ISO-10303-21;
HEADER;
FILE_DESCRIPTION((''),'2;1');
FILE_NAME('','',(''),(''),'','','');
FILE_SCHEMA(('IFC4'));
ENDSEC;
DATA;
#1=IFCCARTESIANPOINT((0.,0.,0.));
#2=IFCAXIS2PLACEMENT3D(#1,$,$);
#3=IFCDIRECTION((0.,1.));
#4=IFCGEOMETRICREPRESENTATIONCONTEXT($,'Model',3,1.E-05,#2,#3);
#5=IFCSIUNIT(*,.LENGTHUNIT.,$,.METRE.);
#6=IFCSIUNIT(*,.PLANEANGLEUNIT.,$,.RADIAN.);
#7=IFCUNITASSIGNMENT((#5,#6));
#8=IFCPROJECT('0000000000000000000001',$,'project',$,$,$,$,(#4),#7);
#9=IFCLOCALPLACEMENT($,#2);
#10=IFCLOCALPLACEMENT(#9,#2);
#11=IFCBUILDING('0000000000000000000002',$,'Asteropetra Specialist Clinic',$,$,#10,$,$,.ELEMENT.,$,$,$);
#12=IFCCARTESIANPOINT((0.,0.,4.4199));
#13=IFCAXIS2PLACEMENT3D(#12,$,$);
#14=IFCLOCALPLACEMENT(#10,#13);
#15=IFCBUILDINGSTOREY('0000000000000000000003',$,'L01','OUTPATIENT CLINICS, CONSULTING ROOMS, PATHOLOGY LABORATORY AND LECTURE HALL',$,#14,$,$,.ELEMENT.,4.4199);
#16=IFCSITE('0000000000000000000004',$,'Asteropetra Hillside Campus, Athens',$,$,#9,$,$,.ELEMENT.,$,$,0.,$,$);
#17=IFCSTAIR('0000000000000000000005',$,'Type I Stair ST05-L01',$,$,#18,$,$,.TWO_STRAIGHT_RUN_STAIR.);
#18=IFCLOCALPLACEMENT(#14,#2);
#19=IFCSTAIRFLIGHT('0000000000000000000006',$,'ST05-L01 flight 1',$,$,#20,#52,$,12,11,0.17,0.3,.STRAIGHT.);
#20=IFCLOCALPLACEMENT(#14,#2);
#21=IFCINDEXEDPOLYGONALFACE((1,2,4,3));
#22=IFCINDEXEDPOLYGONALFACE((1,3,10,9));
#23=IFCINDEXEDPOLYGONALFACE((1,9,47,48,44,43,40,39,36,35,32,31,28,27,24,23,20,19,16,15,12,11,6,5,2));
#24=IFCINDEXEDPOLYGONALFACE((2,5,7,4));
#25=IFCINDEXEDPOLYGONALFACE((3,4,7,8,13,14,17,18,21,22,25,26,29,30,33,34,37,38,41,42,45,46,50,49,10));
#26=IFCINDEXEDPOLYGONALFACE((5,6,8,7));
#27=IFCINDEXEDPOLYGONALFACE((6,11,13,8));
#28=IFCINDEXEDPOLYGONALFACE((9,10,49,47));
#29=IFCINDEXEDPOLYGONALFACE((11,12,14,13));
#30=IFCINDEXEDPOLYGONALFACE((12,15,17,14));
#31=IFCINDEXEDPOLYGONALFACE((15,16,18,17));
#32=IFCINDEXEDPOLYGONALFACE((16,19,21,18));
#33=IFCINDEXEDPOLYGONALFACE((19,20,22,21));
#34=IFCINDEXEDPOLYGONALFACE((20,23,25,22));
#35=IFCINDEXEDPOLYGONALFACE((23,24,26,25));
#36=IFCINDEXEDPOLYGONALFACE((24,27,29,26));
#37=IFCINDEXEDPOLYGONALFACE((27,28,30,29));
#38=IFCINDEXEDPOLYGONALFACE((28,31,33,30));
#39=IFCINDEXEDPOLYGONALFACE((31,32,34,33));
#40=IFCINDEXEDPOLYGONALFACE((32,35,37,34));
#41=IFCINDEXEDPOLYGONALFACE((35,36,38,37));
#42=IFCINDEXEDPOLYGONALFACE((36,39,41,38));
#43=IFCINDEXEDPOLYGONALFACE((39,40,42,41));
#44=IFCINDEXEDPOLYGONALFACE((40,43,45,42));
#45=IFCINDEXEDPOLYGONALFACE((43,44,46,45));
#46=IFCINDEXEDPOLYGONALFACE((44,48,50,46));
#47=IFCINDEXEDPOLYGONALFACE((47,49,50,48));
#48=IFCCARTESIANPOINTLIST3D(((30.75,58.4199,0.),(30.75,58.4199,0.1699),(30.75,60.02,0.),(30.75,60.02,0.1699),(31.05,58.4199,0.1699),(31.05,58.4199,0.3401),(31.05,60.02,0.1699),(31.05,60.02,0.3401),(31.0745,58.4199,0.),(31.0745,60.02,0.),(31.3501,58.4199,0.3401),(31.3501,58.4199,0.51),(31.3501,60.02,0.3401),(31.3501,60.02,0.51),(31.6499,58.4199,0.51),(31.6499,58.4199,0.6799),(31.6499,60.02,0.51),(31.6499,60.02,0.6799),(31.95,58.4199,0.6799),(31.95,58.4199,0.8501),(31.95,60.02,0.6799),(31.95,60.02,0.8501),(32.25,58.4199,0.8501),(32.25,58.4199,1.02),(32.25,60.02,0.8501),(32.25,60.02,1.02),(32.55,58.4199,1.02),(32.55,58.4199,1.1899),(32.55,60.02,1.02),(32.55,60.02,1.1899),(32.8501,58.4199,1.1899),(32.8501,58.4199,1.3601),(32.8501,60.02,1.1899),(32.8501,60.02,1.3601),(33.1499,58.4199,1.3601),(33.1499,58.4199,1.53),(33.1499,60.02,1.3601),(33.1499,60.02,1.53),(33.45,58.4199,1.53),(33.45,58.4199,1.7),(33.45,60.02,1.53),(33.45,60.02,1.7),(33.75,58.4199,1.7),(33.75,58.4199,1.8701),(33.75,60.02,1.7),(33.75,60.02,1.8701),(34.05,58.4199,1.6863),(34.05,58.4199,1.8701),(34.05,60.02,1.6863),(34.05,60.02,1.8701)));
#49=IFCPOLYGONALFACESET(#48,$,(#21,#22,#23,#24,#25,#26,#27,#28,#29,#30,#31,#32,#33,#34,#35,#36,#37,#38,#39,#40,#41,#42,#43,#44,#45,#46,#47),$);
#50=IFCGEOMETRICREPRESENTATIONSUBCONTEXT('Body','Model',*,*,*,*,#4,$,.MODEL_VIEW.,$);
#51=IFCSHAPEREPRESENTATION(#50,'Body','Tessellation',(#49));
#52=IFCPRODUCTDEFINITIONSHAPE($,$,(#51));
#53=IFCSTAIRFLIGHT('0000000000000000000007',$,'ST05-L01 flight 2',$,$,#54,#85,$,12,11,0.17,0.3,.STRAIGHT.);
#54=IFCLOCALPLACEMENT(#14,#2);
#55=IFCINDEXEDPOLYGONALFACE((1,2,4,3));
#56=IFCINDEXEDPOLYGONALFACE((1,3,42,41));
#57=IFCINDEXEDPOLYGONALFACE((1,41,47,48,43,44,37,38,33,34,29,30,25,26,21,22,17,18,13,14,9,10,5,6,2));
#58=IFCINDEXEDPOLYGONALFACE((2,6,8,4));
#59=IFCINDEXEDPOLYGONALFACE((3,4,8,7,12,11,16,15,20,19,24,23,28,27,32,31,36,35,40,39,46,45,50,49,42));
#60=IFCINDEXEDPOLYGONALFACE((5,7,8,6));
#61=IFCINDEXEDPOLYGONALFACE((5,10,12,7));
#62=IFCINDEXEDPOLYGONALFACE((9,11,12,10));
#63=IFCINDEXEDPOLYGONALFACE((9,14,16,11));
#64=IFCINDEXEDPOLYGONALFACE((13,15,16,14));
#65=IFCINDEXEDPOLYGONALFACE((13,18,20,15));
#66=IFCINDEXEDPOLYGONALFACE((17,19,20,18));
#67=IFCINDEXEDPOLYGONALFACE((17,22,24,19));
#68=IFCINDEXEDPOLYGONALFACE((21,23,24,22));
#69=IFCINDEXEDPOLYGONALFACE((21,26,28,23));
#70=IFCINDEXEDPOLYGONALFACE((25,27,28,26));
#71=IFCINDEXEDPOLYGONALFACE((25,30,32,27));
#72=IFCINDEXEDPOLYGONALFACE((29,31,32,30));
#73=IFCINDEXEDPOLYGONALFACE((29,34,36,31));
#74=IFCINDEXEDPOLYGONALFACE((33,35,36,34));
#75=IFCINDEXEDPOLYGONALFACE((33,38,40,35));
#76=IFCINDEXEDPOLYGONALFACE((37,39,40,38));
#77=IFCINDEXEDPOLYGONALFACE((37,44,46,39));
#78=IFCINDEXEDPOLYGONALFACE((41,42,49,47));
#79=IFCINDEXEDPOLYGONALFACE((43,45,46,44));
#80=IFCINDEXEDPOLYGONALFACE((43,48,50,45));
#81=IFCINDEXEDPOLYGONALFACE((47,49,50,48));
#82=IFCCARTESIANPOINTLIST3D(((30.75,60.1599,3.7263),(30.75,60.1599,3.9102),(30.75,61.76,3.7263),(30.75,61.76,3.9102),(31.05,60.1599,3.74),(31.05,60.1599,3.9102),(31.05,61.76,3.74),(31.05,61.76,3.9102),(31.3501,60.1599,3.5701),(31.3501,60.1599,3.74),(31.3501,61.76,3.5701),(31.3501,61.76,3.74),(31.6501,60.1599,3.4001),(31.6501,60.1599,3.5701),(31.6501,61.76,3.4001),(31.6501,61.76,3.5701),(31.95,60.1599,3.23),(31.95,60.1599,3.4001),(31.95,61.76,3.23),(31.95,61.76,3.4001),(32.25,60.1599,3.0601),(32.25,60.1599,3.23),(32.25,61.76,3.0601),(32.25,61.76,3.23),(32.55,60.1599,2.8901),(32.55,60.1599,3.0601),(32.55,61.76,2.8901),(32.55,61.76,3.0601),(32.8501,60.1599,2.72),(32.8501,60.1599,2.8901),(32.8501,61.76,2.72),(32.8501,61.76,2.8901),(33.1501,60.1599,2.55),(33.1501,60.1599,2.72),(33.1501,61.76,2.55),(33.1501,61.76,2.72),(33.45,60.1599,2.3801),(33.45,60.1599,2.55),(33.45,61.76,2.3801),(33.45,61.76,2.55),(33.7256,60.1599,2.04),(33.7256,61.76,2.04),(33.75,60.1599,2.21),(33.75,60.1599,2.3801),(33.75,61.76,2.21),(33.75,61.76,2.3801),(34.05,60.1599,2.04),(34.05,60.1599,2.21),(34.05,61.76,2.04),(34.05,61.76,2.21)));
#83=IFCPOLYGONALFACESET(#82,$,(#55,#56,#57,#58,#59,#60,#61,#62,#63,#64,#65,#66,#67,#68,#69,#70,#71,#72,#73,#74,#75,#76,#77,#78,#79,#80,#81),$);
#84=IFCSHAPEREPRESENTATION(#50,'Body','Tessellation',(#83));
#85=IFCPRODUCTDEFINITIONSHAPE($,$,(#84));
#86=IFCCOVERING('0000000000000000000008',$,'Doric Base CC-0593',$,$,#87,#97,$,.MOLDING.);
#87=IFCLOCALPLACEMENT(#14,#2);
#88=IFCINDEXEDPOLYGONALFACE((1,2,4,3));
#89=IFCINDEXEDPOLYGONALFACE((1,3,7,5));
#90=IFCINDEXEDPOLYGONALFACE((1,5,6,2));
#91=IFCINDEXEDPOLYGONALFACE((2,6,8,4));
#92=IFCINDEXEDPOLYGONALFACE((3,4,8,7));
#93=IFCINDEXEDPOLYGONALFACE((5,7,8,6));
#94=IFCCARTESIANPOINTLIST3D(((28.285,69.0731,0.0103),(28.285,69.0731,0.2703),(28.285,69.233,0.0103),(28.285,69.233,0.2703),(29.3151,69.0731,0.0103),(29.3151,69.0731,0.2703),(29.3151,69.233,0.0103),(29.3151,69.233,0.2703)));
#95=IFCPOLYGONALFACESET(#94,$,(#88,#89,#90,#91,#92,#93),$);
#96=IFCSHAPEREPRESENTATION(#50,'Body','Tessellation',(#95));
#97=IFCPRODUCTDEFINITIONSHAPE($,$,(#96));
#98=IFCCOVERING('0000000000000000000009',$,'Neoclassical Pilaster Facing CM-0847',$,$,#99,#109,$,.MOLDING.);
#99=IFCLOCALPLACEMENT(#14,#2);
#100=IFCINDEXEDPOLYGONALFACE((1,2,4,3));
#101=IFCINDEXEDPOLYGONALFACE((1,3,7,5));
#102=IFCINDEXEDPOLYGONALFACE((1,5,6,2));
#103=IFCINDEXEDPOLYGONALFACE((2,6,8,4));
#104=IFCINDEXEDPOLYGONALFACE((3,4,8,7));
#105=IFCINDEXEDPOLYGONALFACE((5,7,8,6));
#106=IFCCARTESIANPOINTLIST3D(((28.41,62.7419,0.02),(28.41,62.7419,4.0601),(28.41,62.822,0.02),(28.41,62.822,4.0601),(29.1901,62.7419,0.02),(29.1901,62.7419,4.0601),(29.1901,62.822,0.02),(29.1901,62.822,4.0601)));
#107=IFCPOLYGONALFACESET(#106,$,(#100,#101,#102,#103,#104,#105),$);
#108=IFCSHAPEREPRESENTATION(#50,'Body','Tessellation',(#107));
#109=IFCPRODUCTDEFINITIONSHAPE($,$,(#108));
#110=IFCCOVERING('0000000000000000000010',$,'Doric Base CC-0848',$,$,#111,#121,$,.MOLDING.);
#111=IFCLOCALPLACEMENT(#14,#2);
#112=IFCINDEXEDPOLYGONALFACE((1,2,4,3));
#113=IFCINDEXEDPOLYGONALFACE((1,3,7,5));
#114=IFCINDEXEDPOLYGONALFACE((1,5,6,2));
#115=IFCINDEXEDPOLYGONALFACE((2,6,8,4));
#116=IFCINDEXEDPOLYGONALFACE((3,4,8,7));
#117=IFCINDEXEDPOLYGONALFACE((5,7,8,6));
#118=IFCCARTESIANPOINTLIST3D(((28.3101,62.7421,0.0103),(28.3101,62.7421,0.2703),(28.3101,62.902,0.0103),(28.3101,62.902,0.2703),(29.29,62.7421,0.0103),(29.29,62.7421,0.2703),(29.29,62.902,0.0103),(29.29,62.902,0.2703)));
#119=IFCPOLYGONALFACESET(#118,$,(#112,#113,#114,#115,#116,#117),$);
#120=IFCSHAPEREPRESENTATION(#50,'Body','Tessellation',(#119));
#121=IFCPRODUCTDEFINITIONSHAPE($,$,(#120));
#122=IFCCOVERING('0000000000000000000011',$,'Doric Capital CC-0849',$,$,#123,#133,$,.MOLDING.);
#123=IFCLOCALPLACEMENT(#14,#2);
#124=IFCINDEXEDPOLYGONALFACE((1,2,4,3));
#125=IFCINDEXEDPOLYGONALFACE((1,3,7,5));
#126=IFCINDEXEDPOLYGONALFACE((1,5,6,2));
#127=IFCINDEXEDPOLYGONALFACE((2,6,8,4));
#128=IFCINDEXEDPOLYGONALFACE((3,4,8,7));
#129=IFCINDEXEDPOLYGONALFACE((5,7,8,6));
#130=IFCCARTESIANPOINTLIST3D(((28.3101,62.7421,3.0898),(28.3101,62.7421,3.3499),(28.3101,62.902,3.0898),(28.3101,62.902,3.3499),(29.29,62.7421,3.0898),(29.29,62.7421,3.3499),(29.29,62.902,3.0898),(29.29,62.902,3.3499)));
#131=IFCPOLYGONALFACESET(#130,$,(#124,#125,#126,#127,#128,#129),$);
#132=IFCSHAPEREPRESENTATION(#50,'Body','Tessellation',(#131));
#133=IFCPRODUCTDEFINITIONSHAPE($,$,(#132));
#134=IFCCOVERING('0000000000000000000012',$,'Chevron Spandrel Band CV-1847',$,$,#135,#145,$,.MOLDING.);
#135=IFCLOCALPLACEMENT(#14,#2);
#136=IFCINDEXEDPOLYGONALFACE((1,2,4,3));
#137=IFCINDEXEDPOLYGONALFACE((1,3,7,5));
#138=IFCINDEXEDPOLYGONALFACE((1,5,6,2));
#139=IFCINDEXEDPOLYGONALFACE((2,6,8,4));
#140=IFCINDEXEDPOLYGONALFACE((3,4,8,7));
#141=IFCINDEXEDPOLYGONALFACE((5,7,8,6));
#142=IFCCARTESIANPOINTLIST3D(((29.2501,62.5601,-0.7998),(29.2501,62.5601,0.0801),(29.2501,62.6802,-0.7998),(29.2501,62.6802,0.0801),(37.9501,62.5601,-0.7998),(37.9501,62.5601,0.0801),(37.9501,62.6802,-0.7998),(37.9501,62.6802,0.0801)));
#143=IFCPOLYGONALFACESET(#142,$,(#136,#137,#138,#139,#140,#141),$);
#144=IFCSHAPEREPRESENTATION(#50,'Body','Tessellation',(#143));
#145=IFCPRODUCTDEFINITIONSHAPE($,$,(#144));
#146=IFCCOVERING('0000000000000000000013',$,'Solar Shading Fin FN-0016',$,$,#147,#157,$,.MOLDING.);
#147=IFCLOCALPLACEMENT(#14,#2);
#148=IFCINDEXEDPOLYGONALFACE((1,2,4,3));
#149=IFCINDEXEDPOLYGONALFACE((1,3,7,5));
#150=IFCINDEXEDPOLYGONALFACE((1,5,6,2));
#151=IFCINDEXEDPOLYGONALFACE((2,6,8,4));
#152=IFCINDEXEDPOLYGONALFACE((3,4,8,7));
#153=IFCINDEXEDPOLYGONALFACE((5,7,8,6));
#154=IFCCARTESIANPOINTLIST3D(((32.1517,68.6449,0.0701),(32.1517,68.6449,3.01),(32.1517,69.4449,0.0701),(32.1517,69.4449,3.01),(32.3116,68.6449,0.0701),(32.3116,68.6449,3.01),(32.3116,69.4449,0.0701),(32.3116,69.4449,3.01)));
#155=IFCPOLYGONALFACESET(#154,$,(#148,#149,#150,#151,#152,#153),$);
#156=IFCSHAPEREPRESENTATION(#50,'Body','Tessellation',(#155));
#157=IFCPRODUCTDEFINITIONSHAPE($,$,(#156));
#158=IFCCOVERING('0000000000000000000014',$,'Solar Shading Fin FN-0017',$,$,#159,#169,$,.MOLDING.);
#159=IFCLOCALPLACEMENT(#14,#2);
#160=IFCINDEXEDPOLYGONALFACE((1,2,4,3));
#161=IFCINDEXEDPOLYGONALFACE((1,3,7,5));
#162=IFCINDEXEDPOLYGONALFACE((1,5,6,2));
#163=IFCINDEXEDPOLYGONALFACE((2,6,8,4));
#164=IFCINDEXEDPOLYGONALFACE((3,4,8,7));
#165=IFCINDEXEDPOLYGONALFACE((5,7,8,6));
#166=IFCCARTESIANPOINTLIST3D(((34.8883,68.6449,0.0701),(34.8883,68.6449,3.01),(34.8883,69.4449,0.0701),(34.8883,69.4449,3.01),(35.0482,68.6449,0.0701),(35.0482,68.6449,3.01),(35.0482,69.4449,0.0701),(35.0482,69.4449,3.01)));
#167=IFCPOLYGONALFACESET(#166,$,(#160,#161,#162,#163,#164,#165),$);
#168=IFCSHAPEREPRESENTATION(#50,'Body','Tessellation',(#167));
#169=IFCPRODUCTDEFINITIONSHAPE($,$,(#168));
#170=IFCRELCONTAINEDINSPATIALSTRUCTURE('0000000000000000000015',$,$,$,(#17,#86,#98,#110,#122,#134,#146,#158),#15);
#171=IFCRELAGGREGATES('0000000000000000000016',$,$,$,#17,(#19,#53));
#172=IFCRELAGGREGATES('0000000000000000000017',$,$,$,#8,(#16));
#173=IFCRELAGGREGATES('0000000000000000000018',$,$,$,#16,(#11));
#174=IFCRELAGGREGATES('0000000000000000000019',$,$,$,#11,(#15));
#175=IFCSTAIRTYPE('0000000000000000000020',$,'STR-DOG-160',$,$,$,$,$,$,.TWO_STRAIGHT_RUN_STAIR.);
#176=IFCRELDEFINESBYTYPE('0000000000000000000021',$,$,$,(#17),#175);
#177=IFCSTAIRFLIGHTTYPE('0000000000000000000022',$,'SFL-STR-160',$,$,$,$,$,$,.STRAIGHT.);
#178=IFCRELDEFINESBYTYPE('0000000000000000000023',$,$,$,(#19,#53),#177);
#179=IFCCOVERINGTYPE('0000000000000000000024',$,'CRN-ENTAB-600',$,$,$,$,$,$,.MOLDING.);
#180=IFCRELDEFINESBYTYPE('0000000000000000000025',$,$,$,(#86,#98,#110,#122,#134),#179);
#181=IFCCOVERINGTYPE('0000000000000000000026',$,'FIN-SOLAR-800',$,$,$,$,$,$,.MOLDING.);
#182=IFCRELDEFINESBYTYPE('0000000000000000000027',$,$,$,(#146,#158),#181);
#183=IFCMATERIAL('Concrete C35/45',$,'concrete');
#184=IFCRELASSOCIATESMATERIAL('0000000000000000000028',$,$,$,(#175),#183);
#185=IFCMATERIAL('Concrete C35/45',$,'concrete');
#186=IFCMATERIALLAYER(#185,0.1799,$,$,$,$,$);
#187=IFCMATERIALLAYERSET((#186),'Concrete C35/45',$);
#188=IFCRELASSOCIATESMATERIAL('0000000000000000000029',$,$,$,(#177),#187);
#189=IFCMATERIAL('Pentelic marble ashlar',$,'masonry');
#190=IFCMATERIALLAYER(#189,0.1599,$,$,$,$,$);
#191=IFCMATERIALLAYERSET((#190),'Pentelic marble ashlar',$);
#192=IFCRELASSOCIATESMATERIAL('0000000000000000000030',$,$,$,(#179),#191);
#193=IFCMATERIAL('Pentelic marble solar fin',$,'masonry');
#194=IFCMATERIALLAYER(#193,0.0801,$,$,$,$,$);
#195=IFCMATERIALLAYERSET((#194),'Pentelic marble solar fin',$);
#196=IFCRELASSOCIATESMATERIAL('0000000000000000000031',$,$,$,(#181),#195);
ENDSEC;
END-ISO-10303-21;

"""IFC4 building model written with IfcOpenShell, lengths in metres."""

from ifc_helpers import new_model, si_unit, direction, frame, origin, origin_2d, place, context, subcontext, project, spatial, polyline, rectangle, outline, extrude, material, layer, layer_set, type_object, element, aggregate, save


model = new_model("IFC4")

# Units and contexts
model_context = context("Model", 3, precision=1e-05, world=origin(), true_north=direction((0.0, 1.0)))
body_context = subcontext(model_context, "Body", "Model", "MODEL_VIEW")
ifc_project = project(units=[si_unit("LENGTHUNIT", "METRE"), si_unit("PLANEANGLEUNIT", "RADIAN")], contexts=[model_context])

# Site, building, storey
site_placement = place(None, origin())
site = spatial("IfcSite", under=ifc_project, at=site_placement, Name="Asteropetra Hillside Campus, Athens", CompositionType="ELEMENT", RefElevation=0.0)
building_placement = place(site_placement, origin())
building = spatial("IfcBuilding", under=site, at=building_placement, Name="Asteropetra Specialist Clinic", CompositionType="ELEMENT")
storey_placement = place(building_placement, frame((0.0, 0.0, 4.4199)))
storey = spatial("IfcBuildingStorey", under=building, at=storey_placement, Name="L01", Description="OUTPATIENT CLINICS, CONSULTING ROOMS, PATHOLOGY LABORATORY AND LECTURE HALL", CompositionType="ELEMENT", Elevation=4.4199)

# Stair, stair flights
ifc_material_1 = material(Name="Concrete C35/45", Category="concrete")
stair_type = type_object("IfcStairType", Name="STR-DOG-160", PredefinedType="TWO_STRAIGHT_RUN_STAIR", material=ifc_material_1)
stair_placement = place(storey_placement, origin())
stair = element("IfcStair", 1, at=stair_placement, inside=storey, type_object=stair_type, Name="Type I Stair ST05-L01", PredefinedType="TWO_STRAIGHT_RUN_STAIR")
ifc_material_2 = material(Name="Concrete C35/45", Category="concrete")
ifc_layer_1 = layer(ifc_material_2, 0.1799)
ifc_layer_set_1 = layer_set([ifc_layer_1], Name="Concrete C35/45")
stair_flight_type = type_object("IfcStairFlightType", Name="SFL-STR-160", PredefinedType="STRAIGHT", material=ifc_layer_set_1)
stair_flight_1_placement = place(storey_placement, frame((30.75, 59.22, 0.0), z_axis=(0.0, 0.0, 1.0), x_axis=(1.0, 0.0, 0.0)))
stair_flight_1 = element("IfcStairFlight", 2, at=stair_flight_1_placement, type_object=stair_flight_type, Name="ST05-L01 flight 1", NumberOfRisers=12, NumberOfTreads=11, PredefinedType="STRAIGHT", RiserHeight=0.17, TreadLength=0.3, context=body_context, shape_type="SweptSolid", body=[
    extrude(outline(polyline([(0.0, 0.0), (0.0, 0.1699), (0.3, 0.1699), (0.3, 0.3401), (0.6001, 0.3401), (0.6001, 0.51), (0.8999, 0.51), (0.8999, 0.6799), (1.2, 0.6799), (1.2, 0.8501), (1.5, 0.8501), (1.5, 1.02), (1.8, 1.02), (1.8, 1.1899), (2.1001, 1.1899), (2.1001, 1.3601), (2.3999, 1.3601), (2.3999, 1.53), (2.7, 1.53), (2.7, 1.7), (3.0, 1.7), (3.0, 1.8701), (3.3, 1.8701), (3.3, 2.04), (3.3, 1.6863), (0.3245, 0.0), (0.0, 0.0)])), frame((0.0, 0.8, 0.0), z_axis=(0.0, -1.0, 0.0), x_axis=(1.0, 0.0, 0.0)), (0.0, 0.0, 1.0), 1.6001),
])
stair_flight_2_placement = place(storey_placement, frame((34.05, 60.96, 2.04), z_axis=(0.0, 0.0, 1.0), x_axis=(-1.0, 0.0, 0.0)))
stair_flight_2 = element("IfcStairFlight", 3, at=stair_flight_2_placement, type_object=stair_flight_type, Name="ST05-L01 flight 2", NumberOfRisers=12, NumberOfTreads=11, PredefinedType="STRAIGHT", RiserHeight=0.17, TreadLength=0.3, context=body_context, shape_type="SweptSolid", body=[
    extrude(outline(polyline([(0.0, 0.0), (0.0, 0.1699), (0.3, 0.1699), (0.3, 0.3401), (0.6001, 0.3401), (0.6001, 0.51), (0.8999, 0.51), (0.8999, 0.6799), (1.2, 0.6799), (1.2, 0.8501), (1.5, 0.8501), (1.5, 1.02), (1.8, 1.02), (1.8, 1.1899), (2.1001, 1.1899), (2.1001, 1.3601), (2.3999, 1.3601), (2.3999, 1.53), (2.7, 1.53), (2.7, 1.7), (3.0, 1.7), (3.0, 1.8701), (3.3, 1.8701), (3.3, 2.04), (3.3, 1.6863), (0.3245, 0.0), (0.0, 0.0)])), frame((0.0, 0.8, 0.0), z_axis=(0.0, -1.0, 0.0), x_axis=(1.0, 0.0, 0.0)), (0.0, 0.0, 1.0), 1.6001),
])
aggregate(stair, [stair_flight_1, stair_flight_2])

# Coverings
ifc_material_3 = material(Name="Pentelic marble ashlar", Category="masonry")
ifc_layer_2 = layer(ifc_material_3, 0.1599)
ifc_layer_set_2 = layer_set([ifc_layer_2], Name="Pentelic marble ashlar")
covering_type_1 = type_object("IfcCoveringType", Name="CRN-ENTAB-600", PredefinedType="MOLDING", material=ifc_layer_set_2)
covering_1_placement = place(storey_placement, frame((28.8, 69.1531, 0.0103), z_axis=(0.0, 0.0, 1.0), x_axis=(1.0, 0.0, 0.0)))
element("IfcCovering", 4, at=covering_1_placement, inside=storey, type_object=covering_type_1, Name="Doric Base CC-0593", PredefinedType="MOLDING", context=body_context, shape_type="SweptSolid", body=[
    extrude(rectangle(XDim=1.03, YDim=0.1599, at=origin_2d()), origin(), (0.0, 0.0, 1.0), 0.26),
])
covering_2_placement = place(storey_placement, frame((28.8, 62.782, 0.02), z_axis=(0.0, 0.0, 1.0), x_axis=(1.0, 0.0, 0.0)))
element("IfcCovering", 5, at=covering_2_placement, inside=storey, type_object=covering_type_1, Name="Neoclassical Pilaster Facing CM-0847", PredefinedType="MOLDING", context=body_context, shape_type="SweptSolid", body=[
    extrude(rectangle(XDim=0.78, YDim=0.0801, at=origin_2d()), origin(), (0.0, 0.0, 1.0), 4.04),
])
for number, where, z_axis, x_axis, name in (
    (6, (28.8, 62.822, 0.0103), (0.0, 0.0, 1.0), (1.0, 0.0, 0.0), "Doric Base CC-0848"),
    (7, (28.8, 62.822, 3.0898), (0.0, 0.0, 1.0), (1.0, 0.0, 0.0), "Doric Capital CC-0849"),
):
    element("IfcCovering", number, at=place(storey_placement, frame(where, z_axis=z_axis, x_axis=x_axis)), inside=storey, type_object=covering_type_1, Name=name, PredefinedType="MOLDING", context=body_context, shape_type="SweptSolid", body=[
        extrude(rectangle(XDim=0.98, YDim=0.1599, at=origin_2d()), origin(), (0.0, 0.0, 1.0), 0.26),
    ])
covering_3_placement = place(storey_placement, frame((33.6001, 62.6201, -0.7998), z_axis=(0.0, 0.0, 1.0), x_axis=(1.0, 0.0, 0.0)))
element("IfcCovering", 8, at=covering_3_placement, inside=storey, type_object=covering_type_1, Name="Chevron Spandrel Band CV-1847", PredefinedType="MOLDING", context=body_context, shape_type="SweptSolid", body=[
    extrude(rectangle(XDim=8.7, YDim=0.1201, at=origin_2d()), origin(), (0.0, 0.0, 1.0), 0.8799),
])
ifc_material_4 = material(Name="Pentelic marble solar fin", Category="masonry")
ifc_layer_3 = layer(ifc_material_4, 0.0801)
ifc_layer_set_3 = layer_set([ifc_layer_3], Name="Pentelic marble solar fin")
covering_type_2 = type_object("IfcCoveringType", Name="FIN-SOLAR-800", PredefinedType="MOLDING", material=ifc_layer_set_3)
for number, where, z_axis, x_axis, name in (
    (9, (32.2317, 69.0449, 0.0701), (0.0, 0.0, 1.0), (1.0, 0.0, 0.0), "Solar Shading Fin FN-0016"),
    (10, (34.9683, 69.0449, 0.0701), (0.0, 0.0, 1.0), (1.0, 0.0, 0.0), "Solar Shading Fin FN-0017"),
):
    element("IfcCovering", number, at=place(storey_placement, frame(where, z_axis=z_axis, x_axis=x_axis)), inside=storey, type_object=covering_type_2, Name=name, PredefinedType="MOLDING", context=body_context, shape_type="SweptSolid", body=[
        extrude(rectangle(XDim=0.1599, YDim=0.8, at=origin_2d()), origin(), (0.0, 0.0, 1.0), 2.9399),
    ])

save(model, "model.ifc")
